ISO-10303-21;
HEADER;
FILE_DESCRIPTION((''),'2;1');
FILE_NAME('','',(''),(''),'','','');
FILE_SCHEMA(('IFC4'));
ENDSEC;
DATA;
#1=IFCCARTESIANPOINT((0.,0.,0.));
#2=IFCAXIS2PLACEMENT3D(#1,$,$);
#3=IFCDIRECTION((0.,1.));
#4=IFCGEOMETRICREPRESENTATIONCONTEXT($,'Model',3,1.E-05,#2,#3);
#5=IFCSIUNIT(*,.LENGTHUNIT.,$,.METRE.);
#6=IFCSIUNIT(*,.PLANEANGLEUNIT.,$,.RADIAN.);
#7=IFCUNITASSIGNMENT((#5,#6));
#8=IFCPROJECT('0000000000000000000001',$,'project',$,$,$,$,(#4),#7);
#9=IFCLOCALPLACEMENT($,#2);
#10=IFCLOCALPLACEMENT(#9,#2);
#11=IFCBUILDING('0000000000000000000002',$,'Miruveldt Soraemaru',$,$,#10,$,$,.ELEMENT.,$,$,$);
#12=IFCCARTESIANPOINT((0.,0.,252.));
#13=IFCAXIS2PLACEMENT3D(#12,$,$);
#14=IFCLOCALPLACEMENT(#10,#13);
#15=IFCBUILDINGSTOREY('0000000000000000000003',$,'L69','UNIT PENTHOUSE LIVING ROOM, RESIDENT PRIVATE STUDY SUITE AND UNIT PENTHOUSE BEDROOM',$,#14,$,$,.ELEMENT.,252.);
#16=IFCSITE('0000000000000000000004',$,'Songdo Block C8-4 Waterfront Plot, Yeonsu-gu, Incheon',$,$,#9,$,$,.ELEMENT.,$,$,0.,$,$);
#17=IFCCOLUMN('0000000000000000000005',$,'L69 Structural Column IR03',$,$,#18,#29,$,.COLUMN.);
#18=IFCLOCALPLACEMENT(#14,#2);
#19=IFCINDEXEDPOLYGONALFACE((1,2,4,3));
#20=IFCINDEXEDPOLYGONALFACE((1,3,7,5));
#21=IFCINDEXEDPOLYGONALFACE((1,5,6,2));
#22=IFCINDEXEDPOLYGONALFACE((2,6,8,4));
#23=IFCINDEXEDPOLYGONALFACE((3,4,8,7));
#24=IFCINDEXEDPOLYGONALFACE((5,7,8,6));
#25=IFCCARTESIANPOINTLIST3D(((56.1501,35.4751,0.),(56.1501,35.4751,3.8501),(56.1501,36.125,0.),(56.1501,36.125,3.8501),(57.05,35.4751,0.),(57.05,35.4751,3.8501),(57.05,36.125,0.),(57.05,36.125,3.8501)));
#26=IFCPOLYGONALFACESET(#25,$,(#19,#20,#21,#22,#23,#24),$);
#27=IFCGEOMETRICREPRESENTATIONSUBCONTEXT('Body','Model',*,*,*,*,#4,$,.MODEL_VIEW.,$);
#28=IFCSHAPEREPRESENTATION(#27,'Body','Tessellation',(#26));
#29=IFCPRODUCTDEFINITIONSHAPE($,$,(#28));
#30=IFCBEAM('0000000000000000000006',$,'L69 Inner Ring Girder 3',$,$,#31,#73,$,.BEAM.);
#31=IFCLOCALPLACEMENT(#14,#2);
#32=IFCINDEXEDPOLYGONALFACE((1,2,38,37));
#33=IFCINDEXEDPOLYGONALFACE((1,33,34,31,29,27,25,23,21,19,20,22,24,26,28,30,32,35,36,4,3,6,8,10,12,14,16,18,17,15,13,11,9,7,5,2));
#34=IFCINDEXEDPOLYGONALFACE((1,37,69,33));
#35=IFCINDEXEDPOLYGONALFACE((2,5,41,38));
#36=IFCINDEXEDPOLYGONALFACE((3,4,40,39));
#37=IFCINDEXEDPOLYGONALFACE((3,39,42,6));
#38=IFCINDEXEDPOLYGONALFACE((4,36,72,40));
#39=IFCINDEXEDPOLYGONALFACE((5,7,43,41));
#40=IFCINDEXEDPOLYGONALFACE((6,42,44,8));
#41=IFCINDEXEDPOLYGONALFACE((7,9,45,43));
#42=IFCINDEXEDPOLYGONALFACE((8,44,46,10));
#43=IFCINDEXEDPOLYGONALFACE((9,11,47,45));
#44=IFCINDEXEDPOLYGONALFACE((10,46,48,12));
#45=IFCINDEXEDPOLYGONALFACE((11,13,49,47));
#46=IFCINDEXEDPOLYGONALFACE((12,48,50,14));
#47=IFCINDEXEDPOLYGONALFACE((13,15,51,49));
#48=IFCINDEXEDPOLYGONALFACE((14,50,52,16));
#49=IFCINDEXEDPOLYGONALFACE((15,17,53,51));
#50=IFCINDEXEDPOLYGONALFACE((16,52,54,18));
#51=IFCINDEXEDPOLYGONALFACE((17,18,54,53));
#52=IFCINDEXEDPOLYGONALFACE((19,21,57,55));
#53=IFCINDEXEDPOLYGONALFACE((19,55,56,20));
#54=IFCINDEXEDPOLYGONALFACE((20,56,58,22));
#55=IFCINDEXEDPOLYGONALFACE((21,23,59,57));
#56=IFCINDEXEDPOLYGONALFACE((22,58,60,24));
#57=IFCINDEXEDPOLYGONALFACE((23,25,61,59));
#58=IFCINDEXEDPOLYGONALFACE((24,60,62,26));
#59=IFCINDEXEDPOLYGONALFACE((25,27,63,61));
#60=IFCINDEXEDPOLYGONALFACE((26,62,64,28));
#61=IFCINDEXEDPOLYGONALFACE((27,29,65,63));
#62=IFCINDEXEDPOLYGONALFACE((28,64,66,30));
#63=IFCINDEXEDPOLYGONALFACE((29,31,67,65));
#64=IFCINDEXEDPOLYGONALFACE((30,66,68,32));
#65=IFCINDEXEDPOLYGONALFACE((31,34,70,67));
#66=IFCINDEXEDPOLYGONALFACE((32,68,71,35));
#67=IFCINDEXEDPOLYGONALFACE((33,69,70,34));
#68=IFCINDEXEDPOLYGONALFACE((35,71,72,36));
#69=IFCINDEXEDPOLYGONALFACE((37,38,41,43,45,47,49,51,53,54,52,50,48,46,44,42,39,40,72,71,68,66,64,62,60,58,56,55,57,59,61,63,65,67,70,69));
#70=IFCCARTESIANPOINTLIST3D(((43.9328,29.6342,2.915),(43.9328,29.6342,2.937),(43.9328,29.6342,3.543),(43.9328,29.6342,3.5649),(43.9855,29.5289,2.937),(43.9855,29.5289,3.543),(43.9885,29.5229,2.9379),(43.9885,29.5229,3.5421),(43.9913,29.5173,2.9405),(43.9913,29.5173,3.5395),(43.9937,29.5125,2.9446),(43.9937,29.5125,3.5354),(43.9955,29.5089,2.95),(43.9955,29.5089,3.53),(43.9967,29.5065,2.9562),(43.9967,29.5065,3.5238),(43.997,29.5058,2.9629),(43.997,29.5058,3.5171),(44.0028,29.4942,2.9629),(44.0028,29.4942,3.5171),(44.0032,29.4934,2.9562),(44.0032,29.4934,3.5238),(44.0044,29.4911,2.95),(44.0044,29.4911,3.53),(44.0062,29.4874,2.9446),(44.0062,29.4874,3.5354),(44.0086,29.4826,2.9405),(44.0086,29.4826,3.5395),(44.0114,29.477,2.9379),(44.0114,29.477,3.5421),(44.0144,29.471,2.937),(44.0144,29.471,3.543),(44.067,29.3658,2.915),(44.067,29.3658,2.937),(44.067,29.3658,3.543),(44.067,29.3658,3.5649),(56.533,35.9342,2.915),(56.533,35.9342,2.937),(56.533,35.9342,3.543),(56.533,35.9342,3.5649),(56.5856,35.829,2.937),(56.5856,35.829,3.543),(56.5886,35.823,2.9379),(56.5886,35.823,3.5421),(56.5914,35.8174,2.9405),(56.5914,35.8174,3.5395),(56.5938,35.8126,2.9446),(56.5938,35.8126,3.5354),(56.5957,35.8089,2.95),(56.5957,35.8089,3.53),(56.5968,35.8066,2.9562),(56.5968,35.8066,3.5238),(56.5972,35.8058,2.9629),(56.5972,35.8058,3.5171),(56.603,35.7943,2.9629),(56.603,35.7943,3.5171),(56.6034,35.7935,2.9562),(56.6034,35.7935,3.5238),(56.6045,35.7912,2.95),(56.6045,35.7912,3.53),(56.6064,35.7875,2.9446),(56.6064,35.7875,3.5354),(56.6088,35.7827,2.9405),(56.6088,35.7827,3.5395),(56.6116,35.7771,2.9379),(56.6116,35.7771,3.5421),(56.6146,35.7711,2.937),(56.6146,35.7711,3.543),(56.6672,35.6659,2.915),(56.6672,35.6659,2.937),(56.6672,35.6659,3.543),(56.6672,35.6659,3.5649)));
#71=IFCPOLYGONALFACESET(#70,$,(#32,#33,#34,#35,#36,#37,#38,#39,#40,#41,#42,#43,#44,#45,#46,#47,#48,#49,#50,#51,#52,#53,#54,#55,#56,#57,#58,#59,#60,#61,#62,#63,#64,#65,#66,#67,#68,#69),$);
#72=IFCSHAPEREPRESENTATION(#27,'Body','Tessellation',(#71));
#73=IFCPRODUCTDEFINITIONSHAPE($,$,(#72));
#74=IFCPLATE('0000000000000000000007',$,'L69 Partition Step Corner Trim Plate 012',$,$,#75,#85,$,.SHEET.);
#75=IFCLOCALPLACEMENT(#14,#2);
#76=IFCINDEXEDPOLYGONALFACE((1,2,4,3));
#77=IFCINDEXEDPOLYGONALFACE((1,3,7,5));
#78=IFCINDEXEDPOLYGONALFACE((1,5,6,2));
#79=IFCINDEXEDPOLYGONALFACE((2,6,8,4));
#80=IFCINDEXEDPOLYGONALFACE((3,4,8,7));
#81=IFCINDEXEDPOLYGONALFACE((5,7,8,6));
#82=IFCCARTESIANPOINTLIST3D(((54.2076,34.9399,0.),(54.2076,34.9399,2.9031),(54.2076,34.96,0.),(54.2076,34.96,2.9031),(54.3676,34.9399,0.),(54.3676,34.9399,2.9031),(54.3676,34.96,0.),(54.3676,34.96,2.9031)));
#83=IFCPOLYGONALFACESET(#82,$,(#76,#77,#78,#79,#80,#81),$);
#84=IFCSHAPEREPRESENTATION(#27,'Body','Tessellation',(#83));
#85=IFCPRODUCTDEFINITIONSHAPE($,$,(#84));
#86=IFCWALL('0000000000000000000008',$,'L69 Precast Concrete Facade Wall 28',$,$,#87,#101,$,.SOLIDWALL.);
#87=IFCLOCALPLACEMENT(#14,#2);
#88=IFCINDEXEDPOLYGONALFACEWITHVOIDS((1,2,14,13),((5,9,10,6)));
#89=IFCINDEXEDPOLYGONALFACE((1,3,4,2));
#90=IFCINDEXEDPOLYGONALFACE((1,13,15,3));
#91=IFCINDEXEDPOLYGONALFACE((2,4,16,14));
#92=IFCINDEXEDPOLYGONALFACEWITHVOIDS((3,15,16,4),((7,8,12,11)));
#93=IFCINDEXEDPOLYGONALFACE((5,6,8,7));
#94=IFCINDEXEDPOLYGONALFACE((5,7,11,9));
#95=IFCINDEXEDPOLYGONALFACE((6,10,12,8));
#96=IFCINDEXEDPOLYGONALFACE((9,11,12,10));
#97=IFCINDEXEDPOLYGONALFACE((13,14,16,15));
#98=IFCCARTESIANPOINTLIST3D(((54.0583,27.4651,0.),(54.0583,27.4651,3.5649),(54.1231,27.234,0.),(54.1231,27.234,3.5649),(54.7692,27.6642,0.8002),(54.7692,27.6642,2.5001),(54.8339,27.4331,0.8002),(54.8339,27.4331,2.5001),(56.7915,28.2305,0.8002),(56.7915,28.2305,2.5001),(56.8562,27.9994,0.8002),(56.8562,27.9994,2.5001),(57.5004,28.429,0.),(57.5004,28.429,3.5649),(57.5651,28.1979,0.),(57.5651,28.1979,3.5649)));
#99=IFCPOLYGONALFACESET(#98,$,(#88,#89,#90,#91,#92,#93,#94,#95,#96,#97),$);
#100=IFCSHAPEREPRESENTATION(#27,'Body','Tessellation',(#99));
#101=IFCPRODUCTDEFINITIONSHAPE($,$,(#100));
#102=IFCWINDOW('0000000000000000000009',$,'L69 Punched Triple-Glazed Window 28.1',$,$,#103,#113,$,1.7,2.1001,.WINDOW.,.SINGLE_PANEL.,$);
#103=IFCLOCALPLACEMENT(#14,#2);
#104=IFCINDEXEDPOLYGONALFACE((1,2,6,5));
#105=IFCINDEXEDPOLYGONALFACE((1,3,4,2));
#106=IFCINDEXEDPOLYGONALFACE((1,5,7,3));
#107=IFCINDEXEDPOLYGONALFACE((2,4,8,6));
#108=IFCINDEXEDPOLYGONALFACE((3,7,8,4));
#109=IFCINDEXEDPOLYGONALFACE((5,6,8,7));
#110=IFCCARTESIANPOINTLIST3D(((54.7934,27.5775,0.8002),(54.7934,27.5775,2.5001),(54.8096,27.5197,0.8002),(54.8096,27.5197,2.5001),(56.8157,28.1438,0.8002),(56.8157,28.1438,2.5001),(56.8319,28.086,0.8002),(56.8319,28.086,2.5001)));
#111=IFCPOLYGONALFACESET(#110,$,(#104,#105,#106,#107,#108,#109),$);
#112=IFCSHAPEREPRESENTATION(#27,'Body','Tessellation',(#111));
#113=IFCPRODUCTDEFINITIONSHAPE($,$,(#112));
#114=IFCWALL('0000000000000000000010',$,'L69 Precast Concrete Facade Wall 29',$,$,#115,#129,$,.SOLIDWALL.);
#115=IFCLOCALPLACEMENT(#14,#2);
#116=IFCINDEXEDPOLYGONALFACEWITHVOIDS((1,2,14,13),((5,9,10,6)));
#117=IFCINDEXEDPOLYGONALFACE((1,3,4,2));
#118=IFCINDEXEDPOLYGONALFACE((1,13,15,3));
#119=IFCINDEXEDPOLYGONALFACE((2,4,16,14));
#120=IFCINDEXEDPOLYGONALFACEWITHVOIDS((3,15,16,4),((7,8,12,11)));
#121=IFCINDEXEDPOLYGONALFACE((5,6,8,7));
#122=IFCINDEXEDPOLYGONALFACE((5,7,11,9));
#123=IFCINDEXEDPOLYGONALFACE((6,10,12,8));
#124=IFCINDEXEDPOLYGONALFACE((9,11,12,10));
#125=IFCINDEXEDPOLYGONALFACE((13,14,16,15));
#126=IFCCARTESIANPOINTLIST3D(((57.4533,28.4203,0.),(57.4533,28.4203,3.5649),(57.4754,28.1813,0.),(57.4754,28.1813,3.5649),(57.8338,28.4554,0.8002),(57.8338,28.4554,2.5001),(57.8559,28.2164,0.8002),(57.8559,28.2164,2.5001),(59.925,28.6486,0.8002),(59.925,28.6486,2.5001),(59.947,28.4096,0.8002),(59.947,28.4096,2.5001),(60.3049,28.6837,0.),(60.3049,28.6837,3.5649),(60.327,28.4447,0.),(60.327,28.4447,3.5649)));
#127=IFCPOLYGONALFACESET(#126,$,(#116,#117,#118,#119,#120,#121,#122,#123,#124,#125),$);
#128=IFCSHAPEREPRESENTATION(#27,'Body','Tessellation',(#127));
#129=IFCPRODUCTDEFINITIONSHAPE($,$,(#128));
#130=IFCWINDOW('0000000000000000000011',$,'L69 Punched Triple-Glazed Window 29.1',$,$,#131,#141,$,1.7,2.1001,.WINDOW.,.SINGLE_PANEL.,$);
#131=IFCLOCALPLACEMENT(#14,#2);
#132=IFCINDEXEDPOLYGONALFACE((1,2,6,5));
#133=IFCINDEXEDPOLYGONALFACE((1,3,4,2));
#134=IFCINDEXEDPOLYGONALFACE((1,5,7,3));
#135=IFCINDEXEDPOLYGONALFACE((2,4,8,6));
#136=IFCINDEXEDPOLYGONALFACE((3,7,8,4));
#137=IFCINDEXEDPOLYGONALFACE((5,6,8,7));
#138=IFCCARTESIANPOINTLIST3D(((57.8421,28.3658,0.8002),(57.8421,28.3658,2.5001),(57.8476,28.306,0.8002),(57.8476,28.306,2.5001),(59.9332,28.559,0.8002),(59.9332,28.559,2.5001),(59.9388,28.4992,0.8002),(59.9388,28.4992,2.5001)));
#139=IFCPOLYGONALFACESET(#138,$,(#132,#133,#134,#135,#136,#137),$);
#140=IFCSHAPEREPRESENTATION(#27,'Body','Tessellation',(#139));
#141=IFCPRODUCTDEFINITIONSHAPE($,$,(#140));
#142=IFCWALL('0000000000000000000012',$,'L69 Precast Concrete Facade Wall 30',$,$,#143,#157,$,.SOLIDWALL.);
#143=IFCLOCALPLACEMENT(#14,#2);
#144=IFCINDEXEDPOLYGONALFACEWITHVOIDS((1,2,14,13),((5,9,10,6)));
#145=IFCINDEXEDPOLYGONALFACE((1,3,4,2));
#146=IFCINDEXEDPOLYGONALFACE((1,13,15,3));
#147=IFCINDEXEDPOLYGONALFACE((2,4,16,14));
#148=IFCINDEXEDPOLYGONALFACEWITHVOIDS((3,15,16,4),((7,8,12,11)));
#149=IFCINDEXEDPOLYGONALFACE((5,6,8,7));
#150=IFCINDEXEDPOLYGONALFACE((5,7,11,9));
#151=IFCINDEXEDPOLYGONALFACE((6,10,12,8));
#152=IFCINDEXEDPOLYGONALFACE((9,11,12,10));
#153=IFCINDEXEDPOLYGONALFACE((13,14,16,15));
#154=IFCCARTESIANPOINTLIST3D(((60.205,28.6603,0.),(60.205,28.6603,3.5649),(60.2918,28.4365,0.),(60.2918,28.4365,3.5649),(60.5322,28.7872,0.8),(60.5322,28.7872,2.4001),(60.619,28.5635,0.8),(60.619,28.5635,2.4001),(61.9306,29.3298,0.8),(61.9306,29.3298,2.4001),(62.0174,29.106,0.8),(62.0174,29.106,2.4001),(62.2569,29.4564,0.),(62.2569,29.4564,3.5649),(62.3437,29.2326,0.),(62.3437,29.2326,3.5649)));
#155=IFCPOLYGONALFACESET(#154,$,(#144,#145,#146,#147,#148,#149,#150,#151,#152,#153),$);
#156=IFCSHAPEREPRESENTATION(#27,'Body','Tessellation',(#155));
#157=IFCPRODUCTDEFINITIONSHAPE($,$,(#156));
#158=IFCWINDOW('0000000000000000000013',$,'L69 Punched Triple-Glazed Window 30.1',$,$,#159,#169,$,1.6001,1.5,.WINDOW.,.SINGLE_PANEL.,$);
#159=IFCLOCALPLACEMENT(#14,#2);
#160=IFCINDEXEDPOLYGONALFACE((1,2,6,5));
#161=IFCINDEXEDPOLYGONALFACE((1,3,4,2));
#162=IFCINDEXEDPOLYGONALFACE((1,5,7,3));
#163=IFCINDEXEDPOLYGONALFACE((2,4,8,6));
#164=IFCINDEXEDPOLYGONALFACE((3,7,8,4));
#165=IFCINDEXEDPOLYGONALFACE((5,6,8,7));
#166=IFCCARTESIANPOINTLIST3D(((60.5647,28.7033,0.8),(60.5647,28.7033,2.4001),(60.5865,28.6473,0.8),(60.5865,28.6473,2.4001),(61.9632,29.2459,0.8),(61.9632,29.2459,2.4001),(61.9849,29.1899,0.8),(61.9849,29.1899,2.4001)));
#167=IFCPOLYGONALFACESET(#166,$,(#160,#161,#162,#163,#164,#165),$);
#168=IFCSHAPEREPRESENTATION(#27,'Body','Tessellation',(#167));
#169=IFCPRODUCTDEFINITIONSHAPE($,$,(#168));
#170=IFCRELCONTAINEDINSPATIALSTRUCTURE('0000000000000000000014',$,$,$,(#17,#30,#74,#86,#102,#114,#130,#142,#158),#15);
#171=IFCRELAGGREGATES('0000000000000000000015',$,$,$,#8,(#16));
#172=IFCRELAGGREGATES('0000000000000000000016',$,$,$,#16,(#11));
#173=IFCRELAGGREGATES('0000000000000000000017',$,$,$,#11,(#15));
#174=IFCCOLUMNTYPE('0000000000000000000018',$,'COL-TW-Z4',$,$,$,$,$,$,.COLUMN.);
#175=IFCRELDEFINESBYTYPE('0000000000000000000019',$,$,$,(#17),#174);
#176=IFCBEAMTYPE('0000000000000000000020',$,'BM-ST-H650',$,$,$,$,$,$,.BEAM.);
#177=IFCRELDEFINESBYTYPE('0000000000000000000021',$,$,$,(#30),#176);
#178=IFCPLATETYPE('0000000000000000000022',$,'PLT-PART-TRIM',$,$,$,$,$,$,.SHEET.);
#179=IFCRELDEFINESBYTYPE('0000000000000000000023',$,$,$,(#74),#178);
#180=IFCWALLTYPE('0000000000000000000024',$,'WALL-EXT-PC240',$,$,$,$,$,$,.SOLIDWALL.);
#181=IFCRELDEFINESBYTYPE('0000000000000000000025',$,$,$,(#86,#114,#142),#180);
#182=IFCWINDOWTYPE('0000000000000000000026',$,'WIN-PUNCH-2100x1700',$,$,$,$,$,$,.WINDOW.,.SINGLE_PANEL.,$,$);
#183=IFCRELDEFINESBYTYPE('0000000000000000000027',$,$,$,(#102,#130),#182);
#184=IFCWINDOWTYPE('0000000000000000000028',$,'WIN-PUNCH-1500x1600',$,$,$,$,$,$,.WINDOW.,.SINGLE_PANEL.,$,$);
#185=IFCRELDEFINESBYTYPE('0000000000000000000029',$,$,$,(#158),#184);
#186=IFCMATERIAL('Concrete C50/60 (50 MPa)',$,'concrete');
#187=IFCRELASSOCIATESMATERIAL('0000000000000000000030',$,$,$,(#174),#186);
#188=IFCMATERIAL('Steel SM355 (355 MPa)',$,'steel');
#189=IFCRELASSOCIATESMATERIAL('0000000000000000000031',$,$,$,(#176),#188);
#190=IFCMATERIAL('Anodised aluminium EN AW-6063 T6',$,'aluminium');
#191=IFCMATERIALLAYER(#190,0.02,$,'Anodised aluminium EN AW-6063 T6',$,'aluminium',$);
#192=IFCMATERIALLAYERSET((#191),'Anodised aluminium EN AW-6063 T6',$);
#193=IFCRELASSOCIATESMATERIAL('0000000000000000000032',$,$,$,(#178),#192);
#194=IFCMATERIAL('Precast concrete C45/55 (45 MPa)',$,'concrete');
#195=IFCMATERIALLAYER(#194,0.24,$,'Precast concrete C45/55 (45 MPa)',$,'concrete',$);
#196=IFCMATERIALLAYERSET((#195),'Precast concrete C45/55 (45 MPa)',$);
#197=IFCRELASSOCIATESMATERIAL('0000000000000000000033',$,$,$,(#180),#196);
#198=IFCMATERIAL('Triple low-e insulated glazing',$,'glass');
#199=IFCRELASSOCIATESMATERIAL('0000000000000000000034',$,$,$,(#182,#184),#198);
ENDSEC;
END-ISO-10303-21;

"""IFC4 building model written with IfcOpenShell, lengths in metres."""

from ifc_helpers import new_model, si_unit, direction, frame, frame_2d, origin, origin_2d, place, context, subcontext, project, spatial, rectangle, i_section, extrude, material, layer, layer_set, material_profile, profile_set, type_object, element, fill, save


model = new_model("IFC4")

# Units and contexts
model_context = context("Model", 3, precision=1e-05, world=origin(), true_north=direction((0.0, 1.0)))
body_context = subcontext(model_context, "Body", "Model", "MODEL_VIEW")
ifc_project = project(units=[si_unit("LENGTHUNIT", "METRE"), si_unit("PLANEANGLEUNIT", "RADIAN")], contexts=[model_context])

# Site, building, storey
site_placement = place(None, origin())
site = spatial("IfcSite", under=ifc_project, at=site_placement, Name="Songdo Block C8-4 Waterfront Plot, Yeonsu-gu, Incheon", CompositionType="ELEMENT", RefElevation=0.0)
building_placement = place(site_placement, origin())
building = spatial("IfcBuilding", under=site, at=building_placement, Name="Miruveldt Soraemaru", CompositionType="ELEMENT")
storey_placement = place(building_placement, frame((0.0, 0.0, 252.0)))
storey = spatial("IfcBuildingStorey", under=building, at=storey_placement, Name="L69", Description="UNIT PENTHOUSE LIVING ROOM, RESIDENT PRIVATE STUDY SUITE AND UNIT PENTHOUSE BEDROOM", CompositionType="ELEMENT", Elevation=252.0)

# Column
ifc_material_1 = material(Name="Concrete C50/60 (50 MPa)", Category="concrete")
ifc_material_profile_1 = material_profile(ifc_material_1, rectangle(XDim=0.8999, YDim=0.6499, at=origin_2d()), Name="Concrete C50/60 (50 MPa)", Category="concrete")
ifc_profile_set_1 = profile_set([ifc_material_profile_1], Name="Concrete C50/60 (50 MPa)")
column_type = type_object("IfcColumnType", Name="COL-TW-Z4", PredefinedType="COLUMN", material=ifc_profile_set_1)
column_placement = place(storey_placement, frame((56.6001, 35.8, 0.0), z_axis=(0.0, 0.0, 1.0), x_axis=(1.0, 0.0, 0.0)))
element("IfcColumn", 1, at=column_placement, inside=storey, type_object=column_type, Name="L69 Structural Column IR03", PredefinedType="COLUMN", context=body_context, shape_type="SweptSolid", body=[
    extrude(rectangle(XDim=0.8999, YDim=0.6499, at=origin_2d()), origin(), (0.0, 0.0, 1.0), 3.8501),
])

# Beam
ifc_material_2 = material(Name="Steel SM355 (355 MPa)", Category="steel")
ifc_material_profile_2 = material_profile(ifc_material_2, i_section(OverallWidth=0.3, OverallDepth=0.6499, WebThickness=0.0129, FlangeThickness=0.022, FilletRadius=0.0259, at=origin_2d()), Name="Steel SM355 (355 MPa)", Category="steel")
ifc_profile_set_2 = profile_set([ifc_material_profile_2], Name="Steel SM355 (355 MPa)")
beam_type = type_object("IfcBeamType", Name="BM-ST-H650", PredefinedType="BEAM", material=ifc_profile_set_2)
beam_placement = place(storey_placement, frame((56.6001, 35.8, 3.24), z_axis=(-0.894427, -0.447214, 0.0), x_axis=(0.447214, -0.894427, 0.0)))
element("IfcBeam", 2, at=beam_placement, inside=storey, type_object=beam_type, Name="L69 Inner Ring Girder 3", PredefinedType="BEAM", context=body_context, shape_type="SweptSolid", body=[
    extrude(i_section(OverallWidth=0.3, OverallDepth=0.6499, WebThickness=0.0129, FlangeThickness=0.022, FilletRadius=0.0259, at=origin_2d()), origin(), (0.0, 0.0, 1.0), 14.0874),
])

# Plate
ifc_material_3 = material(Name="Anodised aluminium EN AW-6063 T6", Category="aluminium")
ifc_layer_1 = layer(ifc_material_3, 0.02, Name="Anodised aluminium EN AW-6063 T6", Category="aluminium")
ifc_layer_set_1 = layer_set([ifc_layer_1], Name="Anodised aluminium EN AW-6063 T6")
plate_type = type_object("IfcPlateType", Name="PLT-PART-TRIM", PredefinedType="SHEET", material=ifc_layer_set_1)
plate_placement = place(storey_placement, frame((54.2876, 34.95, 0.0), z_axis=(0.0, 0.0, 1.0), x_axis=(-1.0, 0.0, 0.0)))
element("IfcPlate", 3, at=plate_placement, inside=storey, type_object=plate_type, Name="L69 Partition Step Corner Trim Plate 012", PredefinedType="SHEET", context=body_context, shape_type="SweptSolid", body=[
    extrude(rectangle(XDim=0.1599, YDim=0.02, at=origin_2d()), origin(), (0.0, 0.0, 1.0), 2.9031),
])

# Walls, openings, windows
ifc_material_4 = material(Name="Precast concrete C45/55 (45 MPa)", Category="concrete")
ifc_layer_2 = layer(ifc_material_4, 0.24, Name="Precast concrete C45/55 (45 MPa)", Category="concrete")
ifc_layer_set_2 = layer_set([ifc_layer_2], Name="Precast concrete C45/55 (45 MPa)")
wall_type_1 = type_object("IfcWallType", Name="WALL-EXT-PC240", PredefinedType="SOLIDWALL", material=ifc_layer_set_2)
wall_1_placement = place(storey_placement, frame((54.0908, 27.3496, 0.0), z_axis=(0.0, 0.0, 1.0), x_axis=(0.962959, 0.269648, 0.0)))
wall_1 = element("IfcWall", 4, at=wall_1_placement, inside=storey, type_object=wall_type_1, Name="L69 Precast Concrete Facade Wall 28", PredefinedType="SOLIDWALL", context=body_context, shape_type="SweptSolid", body=[
    extrude(rectangle(XDim=3.5745, YDim=0.24, at=frame_2d((1.7871, 0.0))), origin(), (0.0, 0.0, 1.0), 3.5649),
])
opening_1_placement = place(wall_1_placement, frame((0.738, 0.0, 0.8)))
opening_1 = element("IfcOpeningElement", 5, at=opening_1_placement, cuts=wall_1, PredefinedType="OPENING", context=body_context, shape_type="SweptSolid", body=[
    extrude(rectangle(XDim=2.1001, YDim=1.7, at=frame_2d((1.05, 0.8501))), frame((0.0, 0.1299, 0.0), z_axis=(0.0, -1.0, 0.0), x_axis=(1.0, 0.0, 0.0)), (0.0, 0.0, 1.0), 0.26),
])
ifc_material_5 = material(Name="Triple low-e insulated glazing", Category="glass")
window_type_1 = type_object("IfcWindowType", Name="WIN-PUNCH-2100x1700", PartitioningType="SINGLE_PANEL", PredefinedType="WINDOW", material=ifc_material_5)
window_1_placement = place(opening_1_placement, origin())
window_1 = element("IfcWindow", 6, at=window_1_placement, inside=storey, type_object=window_type_1, Name="L69 Punched Triple-Glazed Window 28.1", OverallHeight=1.7, OverallWidth=2.1001, PartitioningType="SINGLE_PANEL", PredefinedType="WINDOW", context=body_context, shape_type="SweptSolid", body=[
    extrude(rectangle(XDim=2.1001, YDim=1.7, at=frame_2d((1.05, 0.8501))), frame((0.0, 0.03, 0.0), z_axis=(0.0, -1.0, 0.0), x_axis=(1.0, 0.0, 0.0)), (0.0, 0.0, 1.0), 0.0601),
])
fill(opening_1, window_1)
wall_2_placement = place(storey_placement, frame((57.4644, 28.3008, 0.0), z_axis=(0.0, 0.0, 1.0), x_axis=(0.99576, 0.091988, 0.0)))
wall_2 = element("IfcWall", 7, at=wall_2_placement, inside=storey, type_object=wall_type_1, Name="L69 Precast Concrete Facade Wall 29", PredefinedType="SOLIDWALL", context=body_context, shape_type="SweptSolid", body=[
    extrude(rectangle(XDim=2.8638, YDim=0.24, at=frame_2d((1.4319, 0.0))), origin(), (0.0, 0.0, 1.0), 3.5649),
])
opening_2_placement = place(wall_2_placement, frame((0.3821, 0.0, 0.8)))
opening_2 = element("IfcOpeningElement", 8, at=opening_2_placement, cuts=wall_2, PredefinedType="OPENING", context=body_context, shape_type="SweptSolid", body=[
    extrude(rectangle(XDim=2.1001, YDim=1.7, at=frame_2d((1.05, 0.8501))), frame((0.0, 0.1299, 0.0), z_axis=(0.0, -1.0, 0.0), x_axis=(1.0, 0.0, 0.0)), (0.0, 0.0, 1.0), 0.26),
])
window_2_placement = place(opening_2_placement, origin())
window_2 = element("IfcWindow", 9, at=window_2_placement, inside=storey, type_object=window_type_1, Name="L69 Punched Triple-Glazed Window 29.1", OverallHeight=1.7, OverallWidth=2.1001, PartitioningType="SINGLE_PANEL", PredefinedType="WINDOW", context=body_context, shape_type="SweptSolid", body=[
    extrude(rectangle(XDim=2.1001, YDim=1.7, at=frame_2d((1.05, 0.8501))), frame((0.0, 0.03, 0.0), z_axis=(0.0, -1.0, 0.0), x_axis=(1.0, 0.0, 0.0)), (0.0, 0.0, 1.0), 0.0601),
])
fill(opening_2, window_2)
wall_3_placement = place(storey_placement, frame((60.2483, 28.5483, 0.0), z_axis=(0.0, 0.0, 1.0), x_axis=(0.93229, 0.361713, 0.0)))
wall_3 = element("IfcWall", 10, at=wall_3_placement, inside=storey, type_object=wall_type_1, Name="L69 Precast Concrete Facade Wall 30", PredefinedType="SOLIDWALL", context=body_context, shape_type="SweptSolid", body=[
    extrude(rectangle(XDim=2.2009, YDim=0.24, at=frame_2d((1.1006, 0.0))), origin(), (0.0, 0.0, 1.0), 3.5649),
])
opening_3_placement = place(wall_3_placement, frame((0.3511, 0.0, 0.8)))
opening_3 = element("IfcOpeningElement", 11, at=opening_3_placement, cuts=wall_3, PredefinedType="OPENING", context=body_context, shape_type="SweptSolid", body=[
    extrude(rectangle(XDim=1.5, YDim=1.6001, at=frame_2d((0.75, 0.8))), frame((0.0, 0.1299, 0.0), z_axis=(0.0, -1.0, 0.0), x_axis=(1.0, 0.0, 0.0)), (0.0, 0.0, 1.0), 0.26),
])
window_type_2 = type_object("IfcWindowType", Name="WIN-PUNCH-1500x1600", PartitioningType="SINGLE_PANEL", PredefinedType="WINDOW", material=ifc_material_5)
window_3_placement = place(opening_3_placement, origin())
window_3 = element("IfcWindow", 12, at=window_3_placement, inside=storey, type_object=window_type_2, Name="L69 Punched Triple-Glazed Window 30.1", OverallHeight=1.6001, OverallWidth=1.5, PartitioningType="SINGLE_PANEL", PredefinedType="WINDOW", context=body_context, shape_type="SweptSolid", body=[
    extrude(rectangle(XDim=1.5, YDim=1.6001, at=frame_2d((0.75, 0.8))), frame((0.0, 0.03, 0.0), z_axis=(0.0, -1.0, 0.0), x_axis=(1.0, 0.0, 0.0)), (0.0, 0.0, 1.0), 0.0601),
])
fill(opening_3, window_3)

save(model, "model.ifc")
